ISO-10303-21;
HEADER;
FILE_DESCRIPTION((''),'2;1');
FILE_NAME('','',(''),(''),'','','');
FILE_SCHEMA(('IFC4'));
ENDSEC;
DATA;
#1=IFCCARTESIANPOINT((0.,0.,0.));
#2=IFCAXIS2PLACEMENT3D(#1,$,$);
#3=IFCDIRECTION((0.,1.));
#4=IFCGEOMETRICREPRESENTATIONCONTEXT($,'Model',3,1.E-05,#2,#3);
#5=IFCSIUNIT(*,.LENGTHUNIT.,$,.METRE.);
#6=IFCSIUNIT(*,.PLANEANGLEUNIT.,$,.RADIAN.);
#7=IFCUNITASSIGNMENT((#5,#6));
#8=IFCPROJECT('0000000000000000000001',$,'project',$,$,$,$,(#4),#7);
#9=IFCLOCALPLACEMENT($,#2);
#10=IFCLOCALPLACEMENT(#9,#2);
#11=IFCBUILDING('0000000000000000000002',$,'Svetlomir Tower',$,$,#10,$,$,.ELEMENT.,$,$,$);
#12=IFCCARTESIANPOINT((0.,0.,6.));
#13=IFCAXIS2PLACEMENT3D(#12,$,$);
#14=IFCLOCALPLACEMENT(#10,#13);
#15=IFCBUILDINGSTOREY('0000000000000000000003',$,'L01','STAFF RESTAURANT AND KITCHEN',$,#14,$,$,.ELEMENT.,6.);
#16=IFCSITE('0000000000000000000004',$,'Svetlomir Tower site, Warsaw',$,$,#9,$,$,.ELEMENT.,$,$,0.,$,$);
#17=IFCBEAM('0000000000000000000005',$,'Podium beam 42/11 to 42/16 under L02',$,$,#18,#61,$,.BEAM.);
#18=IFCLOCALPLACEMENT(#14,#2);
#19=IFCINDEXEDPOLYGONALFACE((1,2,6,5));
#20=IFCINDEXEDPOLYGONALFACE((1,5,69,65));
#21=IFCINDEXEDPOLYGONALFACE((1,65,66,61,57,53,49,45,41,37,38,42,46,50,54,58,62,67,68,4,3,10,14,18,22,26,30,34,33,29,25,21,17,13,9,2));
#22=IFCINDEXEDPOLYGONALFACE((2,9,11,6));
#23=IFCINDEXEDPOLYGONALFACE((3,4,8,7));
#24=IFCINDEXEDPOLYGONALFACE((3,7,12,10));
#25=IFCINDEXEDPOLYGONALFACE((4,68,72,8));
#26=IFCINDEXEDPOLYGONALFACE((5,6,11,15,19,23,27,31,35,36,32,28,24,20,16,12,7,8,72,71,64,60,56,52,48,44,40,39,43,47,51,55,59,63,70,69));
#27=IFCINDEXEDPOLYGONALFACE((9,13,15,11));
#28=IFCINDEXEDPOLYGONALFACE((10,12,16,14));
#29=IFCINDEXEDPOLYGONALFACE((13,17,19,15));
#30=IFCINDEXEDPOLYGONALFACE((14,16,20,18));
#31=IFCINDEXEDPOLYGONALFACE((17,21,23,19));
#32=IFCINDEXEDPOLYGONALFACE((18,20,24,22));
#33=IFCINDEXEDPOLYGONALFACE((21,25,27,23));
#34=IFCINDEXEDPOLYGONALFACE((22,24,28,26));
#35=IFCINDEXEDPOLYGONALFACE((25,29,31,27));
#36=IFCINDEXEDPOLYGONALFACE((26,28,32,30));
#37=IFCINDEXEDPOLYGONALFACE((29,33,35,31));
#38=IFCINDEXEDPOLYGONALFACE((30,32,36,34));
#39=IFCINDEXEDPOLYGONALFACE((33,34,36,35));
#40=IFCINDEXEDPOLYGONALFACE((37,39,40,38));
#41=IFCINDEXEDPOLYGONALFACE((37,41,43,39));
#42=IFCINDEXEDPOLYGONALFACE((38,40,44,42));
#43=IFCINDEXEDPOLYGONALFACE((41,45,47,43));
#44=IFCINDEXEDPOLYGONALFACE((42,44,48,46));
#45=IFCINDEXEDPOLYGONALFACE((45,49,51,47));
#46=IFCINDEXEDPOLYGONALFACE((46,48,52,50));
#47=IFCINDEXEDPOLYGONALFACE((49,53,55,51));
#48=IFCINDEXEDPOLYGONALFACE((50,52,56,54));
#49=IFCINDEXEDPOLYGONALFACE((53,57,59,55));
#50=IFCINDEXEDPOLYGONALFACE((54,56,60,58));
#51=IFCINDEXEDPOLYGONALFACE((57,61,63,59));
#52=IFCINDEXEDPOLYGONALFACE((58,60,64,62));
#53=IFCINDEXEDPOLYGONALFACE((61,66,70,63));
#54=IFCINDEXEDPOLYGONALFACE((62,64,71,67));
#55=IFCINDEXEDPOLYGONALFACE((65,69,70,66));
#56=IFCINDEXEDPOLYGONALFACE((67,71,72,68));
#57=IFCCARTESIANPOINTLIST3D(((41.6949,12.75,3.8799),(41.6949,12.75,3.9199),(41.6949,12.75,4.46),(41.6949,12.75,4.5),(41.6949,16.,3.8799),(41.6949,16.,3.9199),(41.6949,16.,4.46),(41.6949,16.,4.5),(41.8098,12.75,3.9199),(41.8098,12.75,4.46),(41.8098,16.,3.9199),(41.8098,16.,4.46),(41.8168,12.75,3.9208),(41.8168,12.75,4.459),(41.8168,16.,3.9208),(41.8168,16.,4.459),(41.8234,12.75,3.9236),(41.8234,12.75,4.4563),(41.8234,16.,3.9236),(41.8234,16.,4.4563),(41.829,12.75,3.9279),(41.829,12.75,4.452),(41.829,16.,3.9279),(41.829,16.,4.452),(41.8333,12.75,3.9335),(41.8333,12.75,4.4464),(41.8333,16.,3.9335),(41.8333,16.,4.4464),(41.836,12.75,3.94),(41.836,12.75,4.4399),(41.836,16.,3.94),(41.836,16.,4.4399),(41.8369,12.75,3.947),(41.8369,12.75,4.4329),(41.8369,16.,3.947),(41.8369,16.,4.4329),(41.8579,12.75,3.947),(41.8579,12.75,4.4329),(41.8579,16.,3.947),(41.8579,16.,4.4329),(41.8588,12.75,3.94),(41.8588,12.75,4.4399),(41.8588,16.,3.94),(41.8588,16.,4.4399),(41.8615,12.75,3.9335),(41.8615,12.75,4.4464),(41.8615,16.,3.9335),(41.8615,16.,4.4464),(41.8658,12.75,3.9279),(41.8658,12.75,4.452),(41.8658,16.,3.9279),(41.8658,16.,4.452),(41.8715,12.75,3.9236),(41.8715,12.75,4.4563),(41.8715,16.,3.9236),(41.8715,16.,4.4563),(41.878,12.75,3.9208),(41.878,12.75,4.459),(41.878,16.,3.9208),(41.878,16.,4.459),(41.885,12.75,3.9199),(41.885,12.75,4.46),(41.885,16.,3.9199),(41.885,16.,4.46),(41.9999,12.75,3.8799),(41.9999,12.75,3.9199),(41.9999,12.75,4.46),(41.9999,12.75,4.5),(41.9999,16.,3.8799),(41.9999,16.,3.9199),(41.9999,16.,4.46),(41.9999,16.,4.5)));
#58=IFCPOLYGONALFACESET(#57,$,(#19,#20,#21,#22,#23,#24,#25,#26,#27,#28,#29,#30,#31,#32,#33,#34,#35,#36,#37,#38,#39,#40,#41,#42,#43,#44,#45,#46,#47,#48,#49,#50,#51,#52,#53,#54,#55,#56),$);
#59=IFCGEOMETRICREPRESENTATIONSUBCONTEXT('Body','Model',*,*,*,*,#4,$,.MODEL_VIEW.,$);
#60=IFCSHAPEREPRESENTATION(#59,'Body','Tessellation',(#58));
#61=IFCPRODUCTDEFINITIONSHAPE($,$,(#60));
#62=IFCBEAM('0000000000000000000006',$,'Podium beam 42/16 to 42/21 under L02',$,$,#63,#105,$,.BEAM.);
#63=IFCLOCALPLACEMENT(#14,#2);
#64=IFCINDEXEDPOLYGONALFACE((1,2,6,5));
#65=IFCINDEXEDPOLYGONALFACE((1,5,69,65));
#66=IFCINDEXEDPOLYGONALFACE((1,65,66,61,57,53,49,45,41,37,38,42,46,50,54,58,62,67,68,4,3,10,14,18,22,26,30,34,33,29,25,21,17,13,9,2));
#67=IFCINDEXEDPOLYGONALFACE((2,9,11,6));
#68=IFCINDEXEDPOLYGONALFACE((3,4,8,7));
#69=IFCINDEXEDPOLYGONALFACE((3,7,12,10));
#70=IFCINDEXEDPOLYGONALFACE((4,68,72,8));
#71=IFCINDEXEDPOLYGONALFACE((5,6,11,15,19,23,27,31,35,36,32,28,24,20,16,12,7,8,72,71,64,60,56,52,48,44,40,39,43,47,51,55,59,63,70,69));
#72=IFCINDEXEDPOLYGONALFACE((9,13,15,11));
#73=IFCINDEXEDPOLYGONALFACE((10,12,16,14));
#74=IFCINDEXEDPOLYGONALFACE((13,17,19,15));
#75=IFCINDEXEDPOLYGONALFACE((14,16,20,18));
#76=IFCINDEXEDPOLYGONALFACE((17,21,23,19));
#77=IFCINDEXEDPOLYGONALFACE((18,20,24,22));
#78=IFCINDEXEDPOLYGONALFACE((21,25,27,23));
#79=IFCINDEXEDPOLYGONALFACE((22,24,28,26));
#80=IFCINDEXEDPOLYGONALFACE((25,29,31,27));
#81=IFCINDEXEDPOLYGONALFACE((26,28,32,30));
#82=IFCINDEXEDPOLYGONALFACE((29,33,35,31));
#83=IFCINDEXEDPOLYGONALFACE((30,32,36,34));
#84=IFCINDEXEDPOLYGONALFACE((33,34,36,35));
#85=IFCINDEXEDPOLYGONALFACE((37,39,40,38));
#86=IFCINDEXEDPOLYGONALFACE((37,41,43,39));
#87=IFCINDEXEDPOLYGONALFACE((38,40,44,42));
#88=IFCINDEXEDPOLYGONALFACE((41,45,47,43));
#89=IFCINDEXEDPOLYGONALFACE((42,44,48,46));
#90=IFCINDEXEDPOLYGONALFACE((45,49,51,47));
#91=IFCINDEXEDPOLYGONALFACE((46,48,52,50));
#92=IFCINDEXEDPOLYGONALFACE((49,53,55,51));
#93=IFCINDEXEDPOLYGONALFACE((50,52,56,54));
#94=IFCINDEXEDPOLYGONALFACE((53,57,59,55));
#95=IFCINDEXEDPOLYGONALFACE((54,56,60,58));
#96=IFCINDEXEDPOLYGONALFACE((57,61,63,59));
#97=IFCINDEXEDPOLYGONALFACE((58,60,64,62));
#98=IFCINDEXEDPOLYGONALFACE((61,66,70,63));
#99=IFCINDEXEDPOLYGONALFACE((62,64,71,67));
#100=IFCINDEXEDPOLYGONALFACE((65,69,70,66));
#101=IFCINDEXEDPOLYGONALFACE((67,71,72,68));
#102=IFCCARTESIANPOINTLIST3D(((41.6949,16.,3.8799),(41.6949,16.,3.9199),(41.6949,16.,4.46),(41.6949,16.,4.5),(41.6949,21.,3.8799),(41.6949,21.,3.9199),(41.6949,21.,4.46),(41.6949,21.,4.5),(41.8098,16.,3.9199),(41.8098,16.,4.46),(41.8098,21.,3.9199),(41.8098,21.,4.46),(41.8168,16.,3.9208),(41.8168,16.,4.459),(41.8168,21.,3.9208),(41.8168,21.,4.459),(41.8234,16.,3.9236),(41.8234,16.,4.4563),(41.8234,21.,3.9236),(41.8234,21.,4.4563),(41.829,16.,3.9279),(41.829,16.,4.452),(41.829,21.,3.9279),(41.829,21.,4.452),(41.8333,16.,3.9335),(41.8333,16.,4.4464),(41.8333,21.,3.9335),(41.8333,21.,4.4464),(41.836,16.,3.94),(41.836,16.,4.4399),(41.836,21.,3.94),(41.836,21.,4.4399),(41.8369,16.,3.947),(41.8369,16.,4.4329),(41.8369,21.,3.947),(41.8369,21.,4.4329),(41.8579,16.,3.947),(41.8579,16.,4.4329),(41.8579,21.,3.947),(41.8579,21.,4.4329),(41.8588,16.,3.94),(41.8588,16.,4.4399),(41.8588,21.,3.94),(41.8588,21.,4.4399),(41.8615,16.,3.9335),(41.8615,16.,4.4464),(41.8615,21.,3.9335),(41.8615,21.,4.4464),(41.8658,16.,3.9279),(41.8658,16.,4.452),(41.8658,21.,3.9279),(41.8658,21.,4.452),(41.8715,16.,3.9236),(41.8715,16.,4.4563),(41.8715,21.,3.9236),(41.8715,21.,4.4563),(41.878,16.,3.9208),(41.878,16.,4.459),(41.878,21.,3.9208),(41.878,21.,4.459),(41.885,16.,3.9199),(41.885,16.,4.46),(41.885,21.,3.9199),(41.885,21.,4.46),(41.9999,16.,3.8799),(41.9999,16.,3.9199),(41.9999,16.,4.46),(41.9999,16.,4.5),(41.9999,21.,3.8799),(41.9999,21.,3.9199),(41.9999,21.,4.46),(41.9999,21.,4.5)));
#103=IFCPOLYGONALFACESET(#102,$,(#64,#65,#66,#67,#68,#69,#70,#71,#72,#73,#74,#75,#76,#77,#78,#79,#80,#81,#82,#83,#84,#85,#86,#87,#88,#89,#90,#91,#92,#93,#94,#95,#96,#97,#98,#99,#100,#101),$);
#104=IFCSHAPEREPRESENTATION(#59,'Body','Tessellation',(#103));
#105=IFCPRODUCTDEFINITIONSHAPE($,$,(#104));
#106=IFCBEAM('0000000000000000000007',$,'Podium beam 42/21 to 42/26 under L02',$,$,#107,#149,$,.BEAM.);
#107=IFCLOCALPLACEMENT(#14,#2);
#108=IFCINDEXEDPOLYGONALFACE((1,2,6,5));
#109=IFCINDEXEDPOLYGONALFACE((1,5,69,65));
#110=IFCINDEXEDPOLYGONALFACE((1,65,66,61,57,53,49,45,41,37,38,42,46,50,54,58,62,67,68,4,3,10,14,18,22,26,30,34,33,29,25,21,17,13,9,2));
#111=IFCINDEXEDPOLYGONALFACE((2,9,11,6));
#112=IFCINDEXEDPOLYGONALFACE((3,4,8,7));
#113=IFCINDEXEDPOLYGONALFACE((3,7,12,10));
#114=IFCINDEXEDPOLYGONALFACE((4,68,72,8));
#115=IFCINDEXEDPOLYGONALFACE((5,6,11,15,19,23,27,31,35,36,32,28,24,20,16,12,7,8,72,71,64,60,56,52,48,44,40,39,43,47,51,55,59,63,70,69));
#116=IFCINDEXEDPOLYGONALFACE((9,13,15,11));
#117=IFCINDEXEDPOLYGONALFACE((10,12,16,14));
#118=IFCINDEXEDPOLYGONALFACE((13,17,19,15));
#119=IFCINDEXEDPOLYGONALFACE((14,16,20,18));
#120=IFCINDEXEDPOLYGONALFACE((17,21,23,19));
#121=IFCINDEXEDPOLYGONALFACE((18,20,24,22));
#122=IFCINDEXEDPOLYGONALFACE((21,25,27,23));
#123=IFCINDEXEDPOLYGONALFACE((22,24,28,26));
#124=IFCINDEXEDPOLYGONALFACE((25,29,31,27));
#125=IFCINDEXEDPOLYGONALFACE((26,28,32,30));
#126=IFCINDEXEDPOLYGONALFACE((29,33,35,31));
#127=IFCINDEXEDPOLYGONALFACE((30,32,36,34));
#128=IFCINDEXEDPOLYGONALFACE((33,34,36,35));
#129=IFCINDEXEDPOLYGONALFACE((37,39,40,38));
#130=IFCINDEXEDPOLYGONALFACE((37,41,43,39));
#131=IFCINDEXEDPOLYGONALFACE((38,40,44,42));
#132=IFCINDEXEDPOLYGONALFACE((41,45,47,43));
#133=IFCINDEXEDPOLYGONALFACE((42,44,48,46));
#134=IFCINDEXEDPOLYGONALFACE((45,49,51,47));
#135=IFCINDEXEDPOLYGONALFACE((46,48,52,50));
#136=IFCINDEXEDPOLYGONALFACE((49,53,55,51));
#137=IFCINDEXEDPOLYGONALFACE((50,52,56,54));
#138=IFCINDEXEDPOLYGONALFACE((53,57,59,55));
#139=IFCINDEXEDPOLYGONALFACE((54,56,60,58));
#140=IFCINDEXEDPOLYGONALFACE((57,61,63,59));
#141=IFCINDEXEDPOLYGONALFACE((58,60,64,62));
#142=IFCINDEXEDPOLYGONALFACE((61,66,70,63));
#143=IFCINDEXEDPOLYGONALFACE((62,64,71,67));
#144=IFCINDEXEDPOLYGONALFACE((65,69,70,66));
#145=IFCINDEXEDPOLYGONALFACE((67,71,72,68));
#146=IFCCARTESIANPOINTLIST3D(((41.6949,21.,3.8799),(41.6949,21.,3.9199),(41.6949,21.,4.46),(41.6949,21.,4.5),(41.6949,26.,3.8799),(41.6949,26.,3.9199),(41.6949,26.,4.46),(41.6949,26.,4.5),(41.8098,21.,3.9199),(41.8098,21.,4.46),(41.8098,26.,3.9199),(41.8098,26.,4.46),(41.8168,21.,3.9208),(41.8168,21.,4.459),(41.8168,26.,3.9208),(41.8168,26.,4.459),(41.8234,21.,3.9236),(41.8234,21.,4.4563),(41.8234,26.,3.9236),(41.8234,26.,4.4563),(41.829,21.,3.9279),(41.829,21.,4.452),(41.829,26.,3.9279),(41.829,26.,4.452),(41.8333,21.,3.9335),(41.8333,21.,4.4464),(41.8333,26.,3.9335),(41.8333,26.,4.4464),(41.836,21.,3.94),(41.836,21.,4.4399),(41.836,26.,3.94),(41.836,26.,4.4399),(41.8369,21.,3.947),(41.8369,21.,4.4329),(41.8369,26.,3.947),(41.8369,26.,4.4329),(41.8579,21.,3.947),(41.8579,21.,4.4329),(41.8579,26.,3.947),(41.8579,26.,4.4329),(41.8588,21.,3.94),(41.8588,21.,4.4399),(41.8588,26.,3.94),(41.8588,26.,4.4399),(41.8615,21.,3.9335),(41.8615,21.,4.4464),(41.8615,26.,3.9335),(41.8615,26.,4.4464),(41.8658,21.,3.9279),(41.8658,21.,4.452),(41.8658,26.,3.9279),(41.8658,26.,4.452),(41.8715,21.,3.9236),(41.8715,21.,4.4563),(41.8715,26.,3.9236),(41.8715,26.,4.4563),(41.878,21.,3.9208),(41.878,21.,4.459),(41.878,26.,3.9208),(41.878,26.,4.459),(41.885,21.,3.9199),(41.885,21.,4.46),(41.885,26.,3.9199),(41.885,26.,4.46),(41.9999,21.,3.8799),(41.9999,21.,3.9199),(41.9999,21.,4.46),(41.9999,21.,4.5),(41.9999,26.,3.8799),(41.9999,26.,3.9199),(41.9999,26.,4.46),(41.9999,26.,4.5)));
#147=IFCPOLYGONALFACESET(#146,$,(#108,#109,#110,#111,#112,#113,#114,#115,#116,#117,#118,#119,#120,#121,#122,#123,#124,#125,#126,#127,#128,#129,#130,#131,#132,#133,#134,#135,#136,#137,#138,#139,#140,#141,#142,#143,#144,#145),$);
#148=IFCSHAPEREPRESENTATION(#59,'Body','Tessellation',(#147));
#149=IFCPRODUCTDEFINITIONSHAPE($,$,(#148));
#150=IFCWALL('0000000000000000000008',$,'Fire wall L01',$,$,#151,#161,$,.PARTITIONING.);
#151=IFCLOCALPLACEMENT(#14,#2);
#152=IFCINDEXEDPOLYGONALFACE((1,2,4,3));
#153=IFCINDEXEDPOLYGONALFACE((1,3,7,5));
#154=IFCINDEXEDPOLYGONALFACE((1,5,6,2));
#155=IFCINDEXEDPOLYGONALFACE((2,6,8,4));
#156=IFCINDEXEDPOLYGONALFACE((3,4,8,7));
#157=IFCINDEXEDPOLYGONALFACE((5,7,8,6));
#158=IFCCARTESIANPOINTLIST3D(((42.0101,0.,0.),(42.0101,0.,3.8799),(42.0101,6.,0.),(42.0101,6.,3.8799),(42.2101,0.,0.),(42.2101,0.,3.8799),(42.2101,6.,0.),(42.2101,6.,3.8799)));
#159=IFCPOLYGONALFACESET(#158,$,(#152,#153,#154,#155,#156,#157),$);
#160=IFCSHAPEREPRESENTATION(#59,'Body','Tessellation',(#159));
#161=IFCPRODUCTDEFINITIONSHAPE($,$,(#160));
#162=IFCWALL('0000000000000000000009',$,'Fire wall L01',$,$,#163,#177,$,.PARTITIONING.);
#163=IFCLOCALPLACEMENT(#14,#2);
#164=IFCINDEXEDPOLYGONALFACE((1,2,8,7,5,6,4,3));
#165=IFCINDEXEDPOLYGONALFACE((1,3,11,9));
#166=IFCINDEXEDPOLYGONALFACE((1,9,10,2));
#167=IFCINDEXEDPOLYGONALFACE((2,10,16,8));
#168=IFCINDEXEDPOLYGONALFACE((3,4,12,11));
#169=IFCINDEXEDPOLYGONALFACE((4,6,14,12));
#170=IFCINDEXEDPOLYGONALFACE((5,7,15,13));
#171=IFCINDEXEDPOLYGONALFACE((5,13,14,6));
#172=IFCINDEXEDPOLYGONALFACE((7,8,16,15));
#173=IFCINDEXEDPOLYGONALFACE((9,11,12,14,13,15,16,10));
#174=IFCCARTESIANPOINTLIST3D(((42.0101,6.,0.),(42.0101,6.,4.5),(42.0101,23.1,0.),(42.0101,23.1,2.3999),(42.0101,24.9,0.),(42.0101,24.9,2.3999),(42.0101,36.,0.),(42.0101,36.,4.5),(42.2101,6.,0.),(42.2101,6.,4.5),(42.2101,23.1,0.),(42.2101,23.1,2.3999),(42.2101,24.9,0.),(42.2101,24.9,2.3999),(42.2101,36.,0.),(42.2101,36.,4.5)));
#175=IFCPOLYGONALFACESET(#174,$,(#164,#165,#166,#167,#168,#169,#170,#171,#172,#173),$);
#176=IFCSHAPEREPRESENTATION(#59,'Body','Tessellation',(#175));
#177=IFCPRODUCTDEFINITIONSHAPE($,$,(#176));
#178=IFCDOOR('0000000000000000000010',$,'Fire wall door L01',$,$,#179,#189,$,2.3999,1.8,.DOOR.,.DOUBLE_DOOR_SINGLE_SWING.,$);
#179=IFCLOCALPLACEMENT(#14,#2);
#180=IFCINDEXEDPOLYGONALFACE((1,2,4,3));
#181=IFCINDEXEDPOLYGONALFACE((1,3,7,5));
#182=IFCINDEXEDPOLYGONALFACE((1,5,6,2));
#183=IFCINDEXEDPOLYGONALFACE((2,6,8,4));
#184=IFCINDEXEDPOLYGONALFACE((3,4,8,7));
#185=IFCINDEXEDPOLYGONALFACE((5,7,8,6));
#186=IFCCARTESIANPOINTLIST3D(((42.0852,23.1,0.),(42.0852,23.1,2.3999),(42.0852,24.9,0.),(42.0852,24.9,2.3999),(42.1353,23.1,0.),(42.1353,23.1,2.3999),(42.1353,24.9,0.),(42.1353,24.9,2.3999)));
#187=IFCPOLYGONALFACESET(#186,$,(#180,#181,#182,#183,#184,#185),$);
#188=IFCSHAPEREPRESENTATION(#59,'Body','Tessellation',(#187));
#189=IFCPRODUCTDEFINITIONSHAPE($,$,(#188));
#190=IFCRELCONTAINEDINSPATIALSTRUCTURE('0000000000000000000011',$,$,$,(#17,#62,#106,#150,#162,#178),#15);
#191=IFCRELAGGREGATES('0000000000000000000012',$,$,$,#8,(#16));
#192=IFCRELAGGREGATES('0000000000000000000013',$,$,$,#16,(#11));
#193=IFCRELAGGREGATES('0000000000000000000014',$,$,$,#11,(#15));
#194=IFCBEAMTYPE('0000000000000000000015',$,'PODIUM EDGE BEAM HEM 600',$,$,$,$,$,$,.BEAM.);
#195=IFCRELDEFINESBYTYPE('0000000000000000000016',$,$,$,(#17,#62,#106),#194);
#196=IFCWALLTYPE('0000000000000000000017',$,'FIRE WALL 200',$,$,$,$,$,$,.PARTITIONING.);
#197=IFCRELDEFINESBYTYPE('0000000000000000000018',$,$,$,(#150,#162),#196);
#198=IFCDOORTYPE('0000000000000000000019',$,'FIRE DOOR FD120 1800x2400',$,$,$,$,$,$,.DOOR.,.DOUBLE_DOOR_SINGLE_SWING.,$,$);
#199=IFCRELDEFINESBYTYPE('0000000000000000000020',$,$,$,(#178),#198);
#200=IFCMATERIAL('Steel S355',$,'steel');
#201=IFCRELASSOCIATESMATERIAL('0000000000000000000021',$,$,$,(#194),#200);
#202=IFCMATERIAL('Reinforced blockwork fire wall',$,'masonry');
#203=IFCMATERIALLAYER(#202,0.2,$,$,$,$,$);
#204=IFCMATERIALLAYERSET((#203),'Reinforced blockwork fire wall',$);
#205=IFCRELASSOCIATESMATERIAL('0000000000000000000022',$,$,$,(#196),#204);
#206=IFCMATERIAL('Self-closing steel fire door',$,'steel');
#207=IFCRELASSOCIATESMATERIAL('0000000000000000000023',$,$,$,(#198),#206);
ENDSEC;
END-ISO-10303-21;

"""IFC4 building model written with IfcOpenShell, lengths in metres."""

from ifc_helpers import new_model, si_unit, direction, frame, frame_2d, origin, origin_2d, place, context, subcontext, project, spatial, rectangle, i_section, extrude, material, layer, layer_set, material_profile, profile_set, type_object, element, fill, save


model = new_model("IFC4")

# Units and contexts
model_context = context("Model", 3, precision=1e-05, world=origin(), true_north=direction((0.0, 1.0)))
body_context = subcontext(model_context, "Body", "Model", "MODEL_VIEW")
ifc_project = project(units=[si_unit("LENGTHUNIT", "METRE"), si_unit("PLANEANGLEUNIT", "RADIAN")], contexts=[model_context])

# Site, building, storey
site_placement = place(None, origin())
site = spatial("IfcSite", under=ifc_project, at=site_placement, Name="Svetlomir Tower site, Warsaw", CompositionType="ELEMENT", RefElevation=0.0)
building_placement = place(site_placement, origin())
building = spatial("IfcBuilding", under=site, at=building_placement, Name="Svetlomir Tower", CompositionType="ELEMENT")
storey_placement = place(building_placement, frame((0.0, 0.0, 6.0)))
storey = spatial("IfcBuildingStorey", under=building, at=storey_placement, Name="L01", Description="STAFF RESTAURANT AND KITCHEN", CompositionType="ELEMENT", Elevation=6.0)

# Beams
ifc_material_1 = material(Name="Steel S355", Category="steel")
ifc_material_profile_1 = material_profile(ifc_material_1, i_section(OverallWidth=0.3049, OverallDepth=0.6201, WebThickness=0.021, FlangeThickness=0.04, FilletRadius=0.0271, at=origin_2d()), Name="HEM 600")
ifc_profile_set_1 = profile_set([ifc_material_profile_1], Name="Steel S355")
beam_type_1 = type_object("IfcBeamType", Name="PODIUM EDGE BEAM HEM 600", PredefinedType="BEAM", material=ifc_profile_set_1)
beam_1_placement = place(storey_placement, frame((41.8474, 12.75, 4.1899), z_axis=(0.0, 1.0, 0.0), x_axis=(-1.0, 0.0, 0.0)))
element("IfcBeam", 1, at=beam_1_placement, inside=storey, type_object=beam_type_1, Name="Podium beam 42/11 to 42/16 under L02", PredefinedType="BEAM", context=body_context, shape_type="SweptSolid", body=[
    extrude(i_section(OverallWidth=0.3049, OverallDepth=0.6201, WebThickness=0.021, FlangeThickness=0.04, FilletRadius=0.0271, at=origin_2d()), origin(), (0.0, 0.0, 1.0), 3.25),
])
for number, where, z_axis, x_axis, name in (
    (2, (41.8474, 16.0, 4.1899), (0.0, 1.0, 0.0), (-1.0, 0.0, 0.0), "Podium beam 42/16 to 42/21 under L02"),
    (3, (41.8474, 21.0, 4.1899), (0.0, 1.0, 0.0), (-1.0, 0.0, 0.0), "Podium beam 42/21 to 42/26 under L02"),
):
    element("IfcBeam", number, at=place(storey_placement, frame(where, z_axis=z_axis, x_axis=x_axis)), inside=storey, type_object=beam_type_1, Name=name, PredefinedType="BEAM", context=body_context, shape_type="SweptSolid", body=[
        extrude(i_section(OverallWidth=0.3049, OverallDepth=0.6201, WebThickness=0.021, FlangeThickness=0.04, FilletRadius=0.0271, at=origin_2d()), origin(), (0.0, 0.0, 1.0), 5.0),
    ])

# Wall
ifc_material_2 = material(Name="Reinforced blockwork fire wall", Category="masonry")
ifc_layer_1 = layer(ifc_material_2, 0.2)
ifc_layer_set_1 = layer_set([ifc_layer_1], Name="Reinforced blockwork fire wall")
wall_type_1 = type_object("IfcWallType", Name="FIRE WALL 200", PredefinedType="PARTITIONING", material=ifc_layer_set_1)
wall_1_placement = place(storey_placement, frame((42.1101, 0.0, 0.0), z_axis=(0.0, 0.0, 1.0), x_axis=(0.0, 1.0, 0.0)))
element("IfcWall", 4, at=wall_1_placement, inside=storey, type_object=wall_type_1, Name="Fire wall L01", PredefinedType="PARTITIONING", context=body_context, shape_type="SweptSolid", body=[
    extrude(rectangle(XDim=6.0, YDim=0.2, at=frame_2d((3.0, 0.0))), origin(), (0.0, 0.0, 1.0), 3.8799),
])

# Wall, opening, door
wall_2_placement = place(storey_placement, frame((42.1101, 6.0, 0.0), z_axis=(0.0, 0.0, 1.0), x_axis=(0.0, 1.0, 0.0)))
wall_2 = element("IfcWall", 5, at=wall_2_placement, inside=storey, type_object=wall_type_1, Name="Fire wall L01", PredefinedType="PARTITIONING", context=body_context, shape_type="SweptSolid", body=[
    extrude(rectangle(XDim=30.0, YDim=0.2, at=frame_2d((15.0, 0.0))), origin(), (0.0, 0.0, 1.0), 4.5),
])
opening_1_placement = place(wall_2_placement, frame((17.1001, 0.0, 0.0)))
opening_1 = element("IfcOpeningElement", 6, at=opening_1_placement, cuts=wall_2, PredefinedType="OPENING", context=body_context, shape_type="SweptSolid", body=[
    extrude(rectangle(XDim=1.8, YDim=2.3999, at=frame_2d((0.8999, 1.2))), frame((0.0, 0.1099, 0.0), z_axis=(0.0, -1.0, 0.0), x_axis=(1.0, 0.0, 0.0)), (0.0, 0.0, 1.0), 0.22),
])
ifc_material_3 = material(Name="Self-closing steel fire door", Category="steel")
door_type_1 = type_object("IfcDoorType", Name="FIRE DOOR FD120 1800x2400", OperationType="DOUBLE_DOOR_SINGLE_SWING", PredefinedType="DOOR", material=ifc_material_3)
door_1_placement = place(opening_1_placement, origin())
door_1 = element("IfcDoor", 7, at=door_1_placement, inside=storey, type_object=door_type_1, Name="Fire wall door L01", OperationType="DOUBLE_DOOR_SINGLE_SWING", OverallHeight=2.3999, OverallWidth=1.8, PredefinedType="DOOR", context=body_context, shape_type="SweptSolid", body=[
    extrude(rectangle(XDim=1.8, YDim=2.3999, at=frame_2d((0.8999, 1.2))), frame((0.0, 0.0249, 0.0), z_axis=(0.0, -1.0, 0.0), x_axis=(1.0, 0.0, 0.0)), (0.0, 0.0, 1.0), 0.05),
])
fill(opening_1, door_1)

save(model, "model.ifc")
